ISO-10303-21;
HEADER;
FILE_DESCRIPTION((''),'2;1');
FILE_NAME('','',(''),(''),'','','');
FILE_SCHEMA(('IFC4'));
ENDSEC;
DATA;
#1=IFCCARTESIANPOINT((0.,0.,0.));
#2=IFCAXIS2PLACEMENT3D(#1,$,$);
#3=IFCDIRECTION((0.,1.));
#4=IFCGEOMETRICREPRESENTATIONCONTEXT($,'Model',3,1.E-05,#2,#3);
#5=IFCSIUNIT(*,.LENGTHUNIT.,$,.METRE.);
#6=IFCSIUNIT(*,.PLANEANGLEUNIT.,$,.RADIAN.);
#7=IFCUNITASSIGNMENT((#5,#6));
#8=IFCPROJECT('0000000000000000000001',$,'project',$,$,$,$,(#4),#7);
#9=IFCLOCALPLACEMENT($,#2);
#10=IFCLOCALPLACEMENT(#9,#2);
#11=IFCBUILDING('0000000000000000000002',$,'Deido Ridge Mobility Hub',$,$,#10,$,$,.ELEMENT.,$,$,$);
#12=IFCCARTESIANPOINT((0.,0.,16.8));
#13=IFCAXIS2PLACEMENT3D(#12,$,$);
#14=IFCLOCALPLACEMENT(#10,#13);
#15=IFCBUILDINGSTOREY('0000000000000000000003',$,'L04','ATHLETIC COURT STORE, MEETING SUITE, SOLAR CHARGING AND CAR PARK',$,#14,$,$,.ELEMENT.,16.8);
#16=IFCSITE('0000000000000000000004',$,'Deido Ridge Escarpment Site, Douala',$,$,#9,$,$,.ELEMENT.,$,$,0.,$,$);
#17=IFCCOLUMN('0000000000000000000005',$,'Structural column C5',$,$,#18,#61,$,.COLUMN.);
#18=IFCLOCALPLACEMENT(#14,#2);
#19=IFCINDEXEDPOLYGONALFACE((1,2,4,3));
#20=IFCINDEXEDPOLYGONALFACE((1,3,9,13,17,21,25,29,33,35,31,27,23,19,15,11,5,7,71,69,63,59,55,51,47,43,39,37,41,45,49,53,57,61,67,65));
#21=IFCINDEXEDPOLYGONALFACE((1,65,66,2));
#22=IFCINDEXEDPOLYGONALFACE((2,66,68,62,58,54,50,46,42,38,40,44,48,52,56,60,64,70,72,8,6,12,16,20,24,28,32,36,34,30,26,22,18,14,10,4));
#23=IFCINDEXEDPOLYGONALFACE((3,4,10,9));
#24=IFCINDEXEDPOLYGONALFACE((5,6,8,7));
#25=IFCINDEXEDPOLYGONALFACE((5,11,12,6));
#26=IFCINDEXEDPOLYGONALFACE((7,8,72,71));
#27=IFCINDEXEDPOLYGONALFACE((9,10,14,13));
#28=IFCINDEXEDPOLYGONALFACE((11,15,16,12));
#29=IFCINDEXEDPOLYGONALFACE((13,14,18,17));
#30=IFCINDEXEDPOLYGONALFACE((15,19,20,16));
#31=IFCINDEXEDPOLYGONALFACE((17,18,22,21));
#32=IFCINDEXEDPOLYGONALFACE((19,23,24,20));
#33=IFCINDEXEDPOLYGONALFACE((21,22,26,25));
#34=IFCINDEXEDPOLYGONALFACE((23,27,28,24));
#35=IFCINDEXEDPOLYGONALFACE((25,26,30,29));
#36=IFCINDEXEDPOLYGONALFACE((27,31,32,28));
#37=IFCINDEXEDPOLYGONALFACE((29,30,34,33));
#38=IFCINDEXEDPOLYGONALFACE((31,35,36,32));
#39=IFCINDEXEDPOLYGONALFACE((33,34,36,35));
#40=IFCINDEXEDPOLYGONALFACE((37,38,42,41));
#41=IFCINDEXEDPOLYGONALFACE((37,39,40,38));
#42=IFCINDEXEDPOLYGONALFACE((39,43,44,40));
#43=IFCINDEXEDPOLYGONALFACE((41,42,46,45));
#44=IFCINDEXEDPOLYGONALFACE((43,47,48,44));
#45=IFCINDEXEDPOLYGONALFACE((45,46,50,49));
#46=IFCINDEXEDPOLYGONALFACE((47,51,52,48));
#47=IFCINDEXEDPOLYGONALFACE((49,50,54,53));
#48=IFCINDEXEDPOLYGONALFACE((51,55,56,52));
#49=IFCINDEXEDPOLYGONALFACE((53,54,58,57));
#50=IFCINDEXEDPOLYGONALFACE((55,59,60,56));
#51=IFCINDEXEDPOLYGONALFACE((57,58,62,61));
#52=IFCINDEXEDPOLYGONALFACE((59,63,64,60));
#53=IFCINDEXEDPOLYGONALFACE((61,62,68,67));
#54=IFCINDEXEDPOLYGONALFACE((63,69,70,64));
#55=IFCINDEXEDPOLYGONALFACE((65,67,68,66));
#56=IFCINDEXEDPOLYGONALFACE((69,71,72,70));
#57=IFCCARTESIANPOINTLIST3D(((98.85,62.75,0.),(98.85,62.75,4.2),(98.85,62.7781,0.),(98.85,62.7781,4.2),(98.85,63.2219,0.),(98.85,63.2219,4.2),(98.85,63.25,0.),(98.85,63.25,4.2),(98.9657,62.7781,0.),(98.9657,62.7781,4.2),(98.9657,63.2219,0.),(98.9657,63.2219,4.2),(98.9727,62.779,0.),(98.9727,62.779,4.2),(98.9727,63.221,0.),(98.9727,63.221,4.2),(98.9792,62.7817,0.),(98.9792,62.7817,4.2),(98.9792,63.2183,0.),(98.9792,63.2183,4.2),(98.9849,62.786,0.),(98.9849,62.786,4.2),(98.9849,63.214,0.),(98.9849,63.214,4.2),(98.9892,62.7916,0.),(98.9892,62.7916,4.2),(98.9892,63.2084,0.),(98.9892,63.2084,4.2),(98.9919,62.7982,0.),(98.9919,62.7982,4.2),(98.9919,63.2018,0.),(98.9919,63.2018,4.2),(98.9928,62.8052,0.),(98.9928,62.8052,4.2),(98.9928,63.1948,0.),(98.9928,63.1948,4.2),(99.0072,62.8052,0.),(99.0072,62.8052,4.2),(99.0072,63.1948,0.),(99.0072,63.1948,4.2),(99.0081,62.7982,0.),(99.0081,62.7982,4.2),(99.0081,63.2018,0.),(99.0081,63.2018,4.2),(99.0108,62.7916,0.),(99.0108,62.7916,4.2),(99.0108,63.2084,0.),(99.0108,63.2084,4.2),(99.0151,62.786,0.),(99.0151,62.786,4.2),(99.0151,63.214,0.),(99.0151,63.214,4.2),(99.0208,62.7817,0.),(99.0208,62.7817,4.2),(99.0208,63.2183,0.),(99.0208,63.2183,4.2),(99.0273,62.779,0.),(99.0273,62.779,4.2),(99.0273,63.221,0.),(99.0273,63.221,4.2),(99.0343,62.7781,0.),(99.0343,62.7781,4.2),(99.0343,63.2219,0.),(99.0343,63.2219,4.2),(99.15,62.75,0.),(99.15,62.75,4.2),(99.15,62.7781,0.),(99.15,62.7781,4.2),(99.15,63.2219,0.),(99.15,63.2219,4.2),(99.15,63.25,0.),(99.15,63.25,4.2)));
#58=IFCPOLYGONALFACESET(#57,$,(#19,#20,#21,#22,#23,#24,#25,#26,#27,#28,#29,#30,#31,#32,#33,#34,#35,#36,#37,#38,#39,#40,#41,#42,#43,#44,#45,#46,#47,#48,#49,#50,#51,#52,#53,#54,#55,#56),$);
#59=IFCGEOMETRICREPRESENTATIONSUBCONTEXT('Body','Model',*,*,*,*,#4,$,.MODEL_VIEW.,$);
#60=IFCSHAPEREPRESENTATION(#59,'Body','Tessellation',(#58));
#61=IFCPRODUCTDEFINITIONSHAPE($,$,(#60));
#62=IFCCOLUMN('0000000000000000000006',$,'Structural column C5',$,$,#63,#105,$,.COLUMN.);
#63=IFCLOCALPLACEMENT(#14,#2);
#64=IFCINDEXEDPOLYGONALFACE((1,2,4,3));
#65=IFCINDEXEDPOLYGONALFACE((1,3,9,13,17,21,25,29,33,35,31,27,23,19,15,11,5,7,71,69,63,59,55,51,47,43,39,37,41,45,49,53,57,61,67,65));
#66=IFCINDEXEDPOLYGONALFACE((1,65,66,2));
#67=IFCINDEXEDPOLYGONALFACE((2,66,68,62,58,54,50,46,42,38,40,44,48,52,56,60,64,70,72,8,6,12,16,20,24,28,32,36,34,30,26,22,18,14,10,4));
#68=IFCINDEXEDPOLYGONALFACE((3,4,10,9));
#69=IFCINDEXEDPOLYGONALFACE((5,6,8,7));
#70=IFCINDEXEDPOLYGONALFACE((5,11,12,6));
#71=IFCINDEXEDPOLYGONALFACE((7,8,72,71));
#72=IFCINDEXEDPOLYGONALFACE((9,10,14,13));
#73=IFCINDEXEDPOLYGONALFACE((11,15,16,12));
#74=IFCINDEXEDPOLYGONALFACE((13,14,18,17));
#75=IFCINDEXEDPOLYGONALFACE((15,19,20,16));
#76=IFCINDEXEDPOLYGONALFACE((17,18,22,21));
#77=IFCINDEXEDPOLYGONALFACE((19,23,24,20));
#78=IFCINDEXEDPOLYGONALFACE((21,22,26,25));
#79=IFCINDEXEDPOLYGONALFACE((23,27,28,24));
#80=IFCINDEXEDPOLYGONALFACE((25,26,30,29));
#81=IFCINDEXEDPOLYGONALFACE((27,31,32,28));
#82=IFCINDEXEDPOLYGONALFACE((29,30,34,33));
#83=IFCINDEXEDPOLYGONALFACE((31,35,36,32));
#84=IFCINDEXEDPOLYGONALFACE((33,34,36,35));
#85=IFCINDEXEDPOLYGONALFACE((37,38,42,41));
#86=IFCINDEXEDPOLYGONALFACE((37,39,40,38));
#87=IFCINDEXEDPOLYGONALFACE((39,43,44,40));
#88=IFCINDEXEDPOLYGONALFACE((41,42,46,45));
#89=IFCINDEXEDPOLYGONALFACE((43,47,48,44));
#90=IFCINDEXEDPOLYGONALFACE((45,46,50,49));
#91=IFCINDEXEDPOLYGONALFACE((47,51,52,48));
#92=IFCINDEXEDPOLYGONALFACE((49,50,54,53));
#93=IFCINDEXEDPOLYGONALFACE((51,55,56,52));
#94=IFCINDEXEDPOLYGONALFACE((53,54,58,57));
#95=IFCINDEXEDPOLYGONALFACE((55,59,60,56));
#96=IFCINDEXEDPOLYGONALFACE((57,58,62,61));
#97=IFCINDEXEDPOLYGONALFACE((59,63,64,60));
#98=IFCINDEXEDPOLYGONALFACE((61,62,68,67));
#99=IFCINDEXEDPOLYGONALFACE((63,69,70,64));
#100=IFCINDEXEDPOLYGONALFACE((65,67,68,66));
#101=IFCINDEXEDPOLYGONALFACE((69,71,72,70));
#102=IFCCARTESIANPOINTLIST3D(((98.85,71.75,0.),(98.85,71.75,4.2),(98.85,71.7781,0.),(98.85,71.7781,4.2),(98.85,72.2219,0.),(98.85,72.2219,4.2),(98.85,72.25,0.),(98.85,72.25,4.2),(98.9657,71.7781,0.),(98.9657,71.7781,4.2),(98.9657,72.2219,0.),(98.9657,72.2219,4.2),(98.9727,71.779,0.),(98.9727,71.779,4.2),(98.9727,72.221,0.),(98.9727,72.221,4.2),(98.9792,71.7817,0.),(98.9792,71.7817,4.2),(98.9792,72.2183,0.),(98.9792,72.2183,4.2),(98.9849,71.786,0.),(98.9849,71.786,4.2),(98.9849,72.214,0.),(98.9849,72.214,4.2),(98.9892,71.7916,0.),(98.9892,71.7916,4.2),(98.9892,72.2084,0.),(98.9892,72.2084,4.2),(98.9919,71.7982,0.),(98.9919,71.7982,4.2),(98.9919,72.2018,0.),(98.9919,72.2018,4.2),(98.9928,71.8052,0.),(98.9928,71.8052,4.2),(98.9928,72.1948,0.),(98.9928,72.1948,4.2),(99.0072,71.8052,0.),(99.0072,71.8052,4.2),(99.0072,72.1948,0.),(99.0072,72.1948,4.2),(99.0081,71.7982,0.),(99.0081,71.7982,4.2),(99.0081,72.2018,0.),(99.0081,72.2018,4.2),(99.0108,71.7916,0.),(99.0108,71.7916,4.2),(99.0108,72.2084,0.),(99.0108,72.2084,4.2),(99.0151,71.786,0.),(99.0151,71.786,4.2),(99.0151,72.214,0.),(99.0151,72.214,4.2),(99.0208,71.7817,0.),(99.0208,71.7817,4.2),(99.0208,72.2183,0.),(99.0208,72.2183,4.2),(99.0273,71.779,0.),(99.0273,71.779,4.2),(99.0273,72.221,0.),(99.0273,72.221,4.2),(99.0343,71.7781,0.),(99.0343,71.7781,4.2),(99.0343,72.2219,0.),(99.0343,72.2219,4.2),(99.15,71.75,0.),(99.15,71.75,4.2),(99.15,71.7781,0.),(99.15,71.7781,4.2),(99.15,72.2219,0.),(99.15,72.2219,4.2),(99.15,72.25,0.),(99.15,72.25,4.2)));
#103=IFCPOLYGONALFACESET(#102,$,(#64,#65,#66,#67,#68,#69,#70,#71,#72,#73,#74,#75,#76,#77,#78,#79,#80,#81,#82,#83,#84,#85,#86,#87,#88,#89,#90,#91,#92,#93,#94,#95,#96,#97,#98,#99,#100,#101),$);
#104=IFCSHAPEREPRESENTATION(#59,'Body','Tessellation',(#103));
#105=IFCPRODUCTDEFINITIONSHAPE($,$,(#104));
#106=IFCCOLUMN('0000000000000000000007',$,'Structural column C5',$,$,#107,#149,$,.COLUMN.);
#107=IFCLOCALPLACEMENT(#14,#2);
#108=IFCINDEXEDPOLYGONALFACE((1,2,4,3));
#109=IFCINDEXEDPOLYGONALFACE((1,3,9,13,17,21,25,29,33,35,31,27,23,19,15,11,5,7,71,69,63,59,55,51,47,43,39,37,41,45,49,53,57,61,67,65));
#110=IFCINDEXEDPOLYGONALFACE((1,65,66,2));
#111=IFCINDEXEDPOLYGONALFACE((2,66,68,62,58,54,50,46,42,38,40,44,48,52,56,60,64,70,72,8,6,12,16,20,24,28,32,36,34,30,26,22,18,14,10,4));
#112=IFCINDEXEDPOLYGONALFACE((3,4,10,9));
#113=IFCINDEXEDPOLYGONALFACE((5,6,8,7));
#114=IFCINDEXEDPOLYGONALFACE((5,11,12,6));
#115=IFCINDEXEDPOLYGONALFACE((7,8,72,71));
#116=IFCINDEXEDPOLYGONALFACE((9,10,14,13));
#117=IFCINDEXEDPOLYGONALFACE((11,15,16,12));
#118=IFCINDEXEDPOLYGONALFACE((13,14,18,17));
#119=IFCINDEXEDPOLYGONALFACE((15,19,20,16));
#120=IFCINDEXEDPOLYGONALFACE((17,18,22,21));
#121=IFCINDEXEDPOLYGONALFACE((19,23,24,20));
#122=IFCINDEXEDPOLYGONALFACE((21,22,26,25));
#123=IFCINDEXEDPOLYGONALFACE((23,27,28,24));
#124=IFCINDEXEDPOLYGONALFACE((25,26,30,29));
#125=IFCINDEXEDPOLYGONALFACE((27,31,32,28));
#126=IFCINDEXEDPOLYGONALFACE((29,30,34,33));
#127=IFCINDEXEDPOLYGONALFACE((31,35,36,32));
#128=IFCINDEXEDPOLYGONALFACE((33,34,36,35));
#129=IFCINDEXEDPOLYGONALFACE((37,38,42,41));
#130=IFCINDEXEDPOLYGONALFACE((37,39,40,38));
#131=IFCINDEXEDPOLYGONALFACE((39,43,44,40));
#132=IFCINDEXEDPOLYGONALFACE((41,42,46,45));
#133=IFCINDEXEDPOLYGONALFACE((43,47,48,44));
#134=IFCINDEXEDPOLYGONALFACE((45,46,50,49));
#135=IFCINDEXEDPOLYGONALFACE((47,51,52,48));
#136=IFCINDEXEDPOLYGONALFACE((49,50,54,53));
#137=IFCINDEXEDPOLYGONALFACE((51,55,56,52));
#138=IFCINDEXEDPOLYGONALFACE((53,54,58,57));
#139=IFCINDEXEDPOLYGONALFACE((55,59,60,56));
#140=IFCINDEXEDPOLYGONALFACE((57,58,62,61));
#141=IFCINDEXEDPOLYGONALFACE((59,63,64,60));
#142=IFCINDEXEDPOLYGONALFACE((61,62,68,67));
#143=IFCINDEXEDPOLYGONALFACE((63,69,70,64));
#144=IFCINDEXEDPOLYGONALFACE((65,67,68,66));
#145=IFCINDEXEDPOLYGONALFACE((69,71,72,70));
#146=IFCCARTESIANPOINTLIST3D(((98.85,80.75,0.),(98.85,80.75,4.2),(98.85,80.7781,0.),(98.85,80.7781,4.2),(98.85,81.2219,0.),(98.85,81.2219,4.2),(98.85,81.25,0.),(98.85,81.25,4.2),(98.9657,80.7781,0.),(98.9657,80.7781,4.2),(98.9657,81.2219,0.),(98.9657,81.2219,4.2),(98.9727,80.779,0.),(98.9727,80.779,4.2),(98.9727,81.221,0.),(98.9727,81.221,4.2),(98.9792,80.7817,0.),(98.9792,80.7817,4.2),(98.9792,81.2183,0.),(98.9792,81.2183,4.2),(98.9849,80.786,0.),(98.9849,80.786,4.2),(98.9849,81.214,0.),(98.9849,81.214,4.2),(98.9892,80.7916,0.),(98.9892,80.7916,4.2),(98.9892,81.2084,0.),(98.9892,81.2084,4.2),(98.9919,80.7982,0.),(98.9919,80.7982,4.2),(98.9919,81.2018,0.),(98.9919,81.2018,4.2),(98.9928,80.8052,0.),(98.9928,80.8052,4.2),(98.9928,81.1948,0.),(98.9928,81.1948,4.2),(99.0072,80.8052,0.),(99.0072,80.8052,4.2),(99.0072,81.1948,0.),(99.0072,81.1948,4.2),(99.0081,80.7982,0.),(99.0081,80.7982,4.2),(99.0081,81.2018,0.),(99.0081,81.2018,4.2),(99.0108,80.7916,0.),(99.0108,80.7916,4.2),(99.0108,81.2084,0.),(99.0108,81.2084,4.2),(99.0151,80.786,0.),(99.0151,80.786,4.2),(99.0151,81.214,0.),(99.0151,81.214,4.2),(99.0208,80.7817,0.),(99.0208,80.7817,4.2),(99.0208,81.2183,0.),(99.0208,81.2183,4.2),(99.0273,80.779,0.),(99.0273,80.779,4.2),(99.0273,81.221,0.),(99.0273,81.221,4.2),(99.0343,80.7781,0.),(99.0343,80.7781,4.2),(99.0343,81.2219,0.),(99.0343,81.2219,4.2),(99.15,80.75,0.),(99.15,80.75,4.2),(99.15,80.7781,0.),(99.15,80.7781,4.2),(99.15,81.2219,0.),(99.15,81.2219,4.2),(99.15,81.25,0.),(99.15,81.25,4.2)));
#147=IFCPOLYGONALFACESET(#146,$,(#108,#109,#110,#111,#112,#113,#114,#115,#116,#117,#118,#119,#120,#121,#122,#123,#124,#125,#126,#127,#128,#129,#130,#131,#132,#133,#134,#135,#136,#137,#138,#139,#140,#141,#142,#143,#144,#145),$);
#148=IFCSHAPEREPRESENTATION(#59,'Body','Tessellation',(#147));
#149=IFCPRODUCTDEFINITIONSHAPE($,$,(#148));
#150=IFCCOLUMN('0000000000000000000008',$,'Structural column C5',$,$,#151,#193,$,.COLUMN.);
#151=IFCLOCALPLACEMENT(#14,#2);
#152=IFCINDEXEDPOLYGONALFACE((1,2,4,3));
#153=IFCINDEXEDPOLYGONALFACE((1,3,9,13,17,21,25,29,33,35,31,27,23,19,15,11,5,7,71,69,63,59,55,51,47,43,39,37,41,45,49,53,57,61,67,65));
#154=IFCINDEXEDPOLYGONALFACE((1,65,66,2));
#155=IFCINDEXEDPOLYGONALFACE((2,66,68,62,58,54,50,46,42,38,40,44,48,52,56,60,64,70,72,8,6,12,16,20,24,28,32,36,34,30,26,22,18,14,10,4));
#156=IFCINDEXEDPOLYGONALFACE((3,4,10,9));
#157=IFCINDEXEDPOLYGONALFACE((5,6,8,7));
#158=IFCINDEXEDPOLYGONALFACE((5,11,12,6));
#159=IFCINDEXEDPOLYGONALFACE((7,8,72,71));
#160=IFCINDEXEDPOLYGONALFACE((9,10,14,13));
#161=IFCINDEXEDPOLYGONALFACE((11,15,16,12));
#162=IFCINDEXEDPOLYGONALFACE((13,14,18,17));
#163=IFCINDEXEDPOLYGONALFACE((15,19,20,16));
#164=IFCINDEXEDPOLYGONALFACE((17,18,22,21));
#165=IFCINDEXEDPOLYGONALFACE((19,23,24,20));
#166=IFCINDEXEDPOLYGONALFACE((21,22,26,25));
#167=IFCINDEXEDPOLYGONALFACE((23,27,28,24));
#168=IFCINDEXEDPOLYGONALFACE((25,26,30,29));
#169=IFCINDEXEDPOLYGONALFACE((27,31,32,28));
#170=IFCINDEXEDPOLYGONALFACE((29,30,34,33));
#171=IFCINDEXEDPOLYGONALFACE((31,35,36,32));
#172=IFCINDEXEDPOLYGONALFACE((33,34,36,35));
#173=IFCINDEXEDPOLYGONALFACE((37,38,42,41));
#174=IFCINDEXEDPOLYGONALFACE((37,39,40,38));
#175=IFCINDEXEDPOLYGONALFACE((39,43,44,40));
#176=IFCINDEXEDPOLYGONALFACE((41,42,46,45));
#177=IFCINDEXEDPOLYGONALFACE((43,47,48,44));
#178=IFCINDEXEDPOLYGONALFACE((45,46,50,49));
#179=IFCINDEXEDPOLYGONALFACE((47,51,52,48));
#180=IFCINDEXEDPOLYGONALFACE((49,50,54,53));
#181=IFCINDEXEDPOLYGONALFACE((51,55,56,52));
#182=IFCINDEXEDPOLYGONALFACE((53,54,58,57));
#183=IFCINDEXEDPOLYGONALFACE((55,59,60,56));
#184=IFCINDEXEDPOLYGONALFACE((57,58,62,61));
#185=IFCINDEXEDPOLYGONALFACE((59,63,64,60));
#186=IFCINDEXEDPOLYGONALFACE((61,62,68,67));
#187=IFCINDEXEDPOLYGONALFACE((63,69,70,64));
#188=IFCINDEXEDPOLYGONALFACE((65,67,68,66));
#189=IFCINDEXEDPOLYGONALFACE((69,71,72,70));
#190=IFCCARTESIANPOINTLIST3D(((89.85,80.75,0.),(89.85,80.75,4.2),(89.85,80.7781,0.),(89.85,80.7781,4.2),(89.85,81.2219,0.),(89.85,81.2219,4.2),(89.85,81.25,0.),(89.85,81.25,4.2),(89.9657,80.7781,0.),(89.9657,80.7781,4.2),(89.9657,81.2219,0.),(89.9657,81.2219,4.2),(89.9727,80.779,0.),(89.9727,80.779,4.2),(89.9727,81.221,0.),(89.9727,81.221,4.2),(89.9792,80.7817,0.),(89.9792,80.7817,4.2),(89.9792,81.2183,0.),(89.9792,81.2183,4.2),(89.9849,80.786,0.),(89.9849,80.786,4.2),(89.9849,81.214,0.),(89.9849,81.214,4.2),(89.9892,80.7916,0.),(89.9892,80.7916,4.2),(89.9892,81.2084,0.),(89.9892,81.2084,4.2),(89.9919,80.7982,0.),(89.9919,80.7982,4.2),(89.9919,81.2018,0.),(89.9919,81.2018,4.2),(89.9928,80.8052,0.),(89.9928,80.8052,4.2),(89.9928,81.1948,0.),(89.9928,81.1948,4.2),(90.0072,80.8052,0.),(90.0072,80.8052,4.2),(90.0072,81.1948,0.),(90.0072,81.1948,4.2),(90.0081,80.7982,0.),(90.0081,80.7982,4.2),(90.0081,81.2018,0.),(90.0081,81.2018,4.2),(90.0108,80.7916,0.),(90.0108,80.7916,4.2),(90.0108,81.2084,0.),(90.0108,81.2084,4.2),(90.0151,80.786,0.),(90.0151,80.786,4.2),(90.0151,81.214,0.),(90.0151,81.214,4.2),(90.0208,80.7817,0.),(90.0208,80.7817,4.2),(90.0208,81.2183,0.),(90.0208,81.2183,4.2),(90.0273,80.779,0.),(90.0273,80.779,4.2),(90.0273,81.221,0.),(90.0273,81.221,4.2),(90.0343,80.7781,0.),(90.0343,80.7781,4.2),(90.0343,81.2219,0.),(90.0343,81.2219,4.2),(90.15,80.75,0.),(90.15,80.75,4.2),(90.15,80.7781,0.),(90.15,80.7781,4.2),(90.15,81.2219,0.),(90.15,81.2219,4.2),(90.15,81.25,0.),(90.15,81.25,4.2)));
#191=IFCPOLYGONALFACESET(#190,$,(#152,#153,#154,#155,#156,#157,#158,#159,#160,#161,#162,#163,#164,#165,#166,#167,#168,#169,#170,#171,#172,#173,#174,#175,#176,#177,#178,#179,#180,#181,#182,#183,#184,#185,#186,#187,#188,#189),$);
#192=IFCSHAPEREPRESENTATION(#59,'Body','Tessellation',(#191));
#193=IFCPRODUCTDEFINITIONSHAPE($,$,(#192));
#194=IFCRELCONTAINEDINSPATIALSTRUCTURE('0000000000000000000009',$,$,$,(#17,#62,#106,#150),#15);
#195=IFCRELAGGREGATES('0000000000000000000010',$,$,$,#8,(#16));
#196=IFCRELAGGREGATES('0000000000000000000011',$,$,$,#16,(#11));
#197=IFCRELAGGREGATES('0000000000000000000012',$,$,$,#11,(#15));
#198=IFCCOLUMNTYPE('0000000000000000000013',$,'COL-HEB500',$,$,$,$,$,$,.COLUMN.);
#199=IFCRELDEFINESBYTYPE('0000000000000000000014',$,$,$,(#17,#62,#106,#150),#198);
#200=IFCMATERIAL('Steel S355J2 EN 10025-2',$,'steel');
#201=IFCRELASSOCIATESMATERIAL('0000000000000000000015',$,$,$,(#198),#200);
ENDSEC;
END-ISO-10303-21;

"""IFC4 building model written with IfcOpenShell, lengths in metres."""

from ifc_helpers import new_model, si_unit, direction, frame, origin, origin_2d, place, context, subcontext, project, spatial, i_section, extrude, material, material_profile, profile_set, type_object, element, save


model = new_model("IFC4")

# Units and contexts
model_context = context("Model", 3, precision=1e-05, world=origin(), true_north=direction((0.0, 1.0)))
body_context = subcontext(model_context, "Body", "Model", "MODEL_VIEW")
ifc_project = project(units=[si_unit("LENGTHUNIT", "METRE"), si_unit("PLANEANGLEUNIT", "RADIAN")], contexts=[model_context])

# Site, building, storey
site_placement = place(None, origin())
site = spatial("IfcSite", under=ifc_project, at=site_placement, Name="Deido Ridge Escarpment Site, Douala", CompositionType="ELEMENT", RefElevation=0.0)
building_placement = place(site_placement, origin())
building = spatial("IfcBuilding", under=site, at=building_placement, Name="Deido Ridge Mobility Hub", CompositionType="ELEMENT")
storey_placement = place(building_placement, frame((0.0, 0.0, 16.8)))
storey = spatial("IfcBuildingStorey", under=building, at=storey_placement, Name="L04", Description="ATHLETIC COURT STORE, MEETING SUITE, SOLAR CHARGING AND CAR PARK", CompositionType="ELEMENT", Elevation=16.8)

# Columns
ifc_material_1 = material(Name="Steel S355J2 EN 10025-2", Category="steel")
ifc_material_profile_1 = material_profile(ifc_material_1, i_section(OverallWidth=0.3, OverallDepth=0.5, WebThickness=0.0144, FlangeThickness=0.0281, FilletRadius=0.0271, at=origin_2d()), Name="HEB 500")
ifc_profile_set_1 = profile_set([ifc_material_profile_1], Name="Steel S355J2 EN 10025-2")
column_type = type_object("IfcColumnType", Name="COL-HEB500", PredefinedType="COLUMN", material=ifc_profile_set_1)
for number, where, z_axis, x_axis, name in (
    (1, (99.0, 63.0, 0.0), (0.0, 0.0, 1.0), (1.0, 0.0, 0.0), "Structural column C5"),
    (2, (99.0, 72.0, 0.0), (0.0, 0.0, 1.0), (1.0, 0.0, 0.0), "Structural column C5"),
    (3, (99.0, 81.0, 0.0), (0.0, 0.0, 1.0), (1.0, 0.0, 0.0), "Structural column C5"),
    (4, (90.0, 81.0, 0.0), (0.0, 0.0, 1.0), (1.0, 0.0, 0.0), "Structural column C5"),
):
    element("IfcColumn", number, at=place(storey_placement, frame(where, z_axis=z_axis, x_axis=x_axis)), inside=storey, type_object=column_type, Name=name, PredefinedType="COLUMN", context=body_context, shape_type="SweptSolid", body=[
        extrude(i_section(OverallWidth=0.3, OverallDepth=0.5, WebThickness=0.0144, FlangeThickness=0.0281, FilletRadius=0.0271, at=origin_2d()), origin(), (0.0, 0.0, 1.0), 4.2),
    ])

save(model, "model.ifc")
